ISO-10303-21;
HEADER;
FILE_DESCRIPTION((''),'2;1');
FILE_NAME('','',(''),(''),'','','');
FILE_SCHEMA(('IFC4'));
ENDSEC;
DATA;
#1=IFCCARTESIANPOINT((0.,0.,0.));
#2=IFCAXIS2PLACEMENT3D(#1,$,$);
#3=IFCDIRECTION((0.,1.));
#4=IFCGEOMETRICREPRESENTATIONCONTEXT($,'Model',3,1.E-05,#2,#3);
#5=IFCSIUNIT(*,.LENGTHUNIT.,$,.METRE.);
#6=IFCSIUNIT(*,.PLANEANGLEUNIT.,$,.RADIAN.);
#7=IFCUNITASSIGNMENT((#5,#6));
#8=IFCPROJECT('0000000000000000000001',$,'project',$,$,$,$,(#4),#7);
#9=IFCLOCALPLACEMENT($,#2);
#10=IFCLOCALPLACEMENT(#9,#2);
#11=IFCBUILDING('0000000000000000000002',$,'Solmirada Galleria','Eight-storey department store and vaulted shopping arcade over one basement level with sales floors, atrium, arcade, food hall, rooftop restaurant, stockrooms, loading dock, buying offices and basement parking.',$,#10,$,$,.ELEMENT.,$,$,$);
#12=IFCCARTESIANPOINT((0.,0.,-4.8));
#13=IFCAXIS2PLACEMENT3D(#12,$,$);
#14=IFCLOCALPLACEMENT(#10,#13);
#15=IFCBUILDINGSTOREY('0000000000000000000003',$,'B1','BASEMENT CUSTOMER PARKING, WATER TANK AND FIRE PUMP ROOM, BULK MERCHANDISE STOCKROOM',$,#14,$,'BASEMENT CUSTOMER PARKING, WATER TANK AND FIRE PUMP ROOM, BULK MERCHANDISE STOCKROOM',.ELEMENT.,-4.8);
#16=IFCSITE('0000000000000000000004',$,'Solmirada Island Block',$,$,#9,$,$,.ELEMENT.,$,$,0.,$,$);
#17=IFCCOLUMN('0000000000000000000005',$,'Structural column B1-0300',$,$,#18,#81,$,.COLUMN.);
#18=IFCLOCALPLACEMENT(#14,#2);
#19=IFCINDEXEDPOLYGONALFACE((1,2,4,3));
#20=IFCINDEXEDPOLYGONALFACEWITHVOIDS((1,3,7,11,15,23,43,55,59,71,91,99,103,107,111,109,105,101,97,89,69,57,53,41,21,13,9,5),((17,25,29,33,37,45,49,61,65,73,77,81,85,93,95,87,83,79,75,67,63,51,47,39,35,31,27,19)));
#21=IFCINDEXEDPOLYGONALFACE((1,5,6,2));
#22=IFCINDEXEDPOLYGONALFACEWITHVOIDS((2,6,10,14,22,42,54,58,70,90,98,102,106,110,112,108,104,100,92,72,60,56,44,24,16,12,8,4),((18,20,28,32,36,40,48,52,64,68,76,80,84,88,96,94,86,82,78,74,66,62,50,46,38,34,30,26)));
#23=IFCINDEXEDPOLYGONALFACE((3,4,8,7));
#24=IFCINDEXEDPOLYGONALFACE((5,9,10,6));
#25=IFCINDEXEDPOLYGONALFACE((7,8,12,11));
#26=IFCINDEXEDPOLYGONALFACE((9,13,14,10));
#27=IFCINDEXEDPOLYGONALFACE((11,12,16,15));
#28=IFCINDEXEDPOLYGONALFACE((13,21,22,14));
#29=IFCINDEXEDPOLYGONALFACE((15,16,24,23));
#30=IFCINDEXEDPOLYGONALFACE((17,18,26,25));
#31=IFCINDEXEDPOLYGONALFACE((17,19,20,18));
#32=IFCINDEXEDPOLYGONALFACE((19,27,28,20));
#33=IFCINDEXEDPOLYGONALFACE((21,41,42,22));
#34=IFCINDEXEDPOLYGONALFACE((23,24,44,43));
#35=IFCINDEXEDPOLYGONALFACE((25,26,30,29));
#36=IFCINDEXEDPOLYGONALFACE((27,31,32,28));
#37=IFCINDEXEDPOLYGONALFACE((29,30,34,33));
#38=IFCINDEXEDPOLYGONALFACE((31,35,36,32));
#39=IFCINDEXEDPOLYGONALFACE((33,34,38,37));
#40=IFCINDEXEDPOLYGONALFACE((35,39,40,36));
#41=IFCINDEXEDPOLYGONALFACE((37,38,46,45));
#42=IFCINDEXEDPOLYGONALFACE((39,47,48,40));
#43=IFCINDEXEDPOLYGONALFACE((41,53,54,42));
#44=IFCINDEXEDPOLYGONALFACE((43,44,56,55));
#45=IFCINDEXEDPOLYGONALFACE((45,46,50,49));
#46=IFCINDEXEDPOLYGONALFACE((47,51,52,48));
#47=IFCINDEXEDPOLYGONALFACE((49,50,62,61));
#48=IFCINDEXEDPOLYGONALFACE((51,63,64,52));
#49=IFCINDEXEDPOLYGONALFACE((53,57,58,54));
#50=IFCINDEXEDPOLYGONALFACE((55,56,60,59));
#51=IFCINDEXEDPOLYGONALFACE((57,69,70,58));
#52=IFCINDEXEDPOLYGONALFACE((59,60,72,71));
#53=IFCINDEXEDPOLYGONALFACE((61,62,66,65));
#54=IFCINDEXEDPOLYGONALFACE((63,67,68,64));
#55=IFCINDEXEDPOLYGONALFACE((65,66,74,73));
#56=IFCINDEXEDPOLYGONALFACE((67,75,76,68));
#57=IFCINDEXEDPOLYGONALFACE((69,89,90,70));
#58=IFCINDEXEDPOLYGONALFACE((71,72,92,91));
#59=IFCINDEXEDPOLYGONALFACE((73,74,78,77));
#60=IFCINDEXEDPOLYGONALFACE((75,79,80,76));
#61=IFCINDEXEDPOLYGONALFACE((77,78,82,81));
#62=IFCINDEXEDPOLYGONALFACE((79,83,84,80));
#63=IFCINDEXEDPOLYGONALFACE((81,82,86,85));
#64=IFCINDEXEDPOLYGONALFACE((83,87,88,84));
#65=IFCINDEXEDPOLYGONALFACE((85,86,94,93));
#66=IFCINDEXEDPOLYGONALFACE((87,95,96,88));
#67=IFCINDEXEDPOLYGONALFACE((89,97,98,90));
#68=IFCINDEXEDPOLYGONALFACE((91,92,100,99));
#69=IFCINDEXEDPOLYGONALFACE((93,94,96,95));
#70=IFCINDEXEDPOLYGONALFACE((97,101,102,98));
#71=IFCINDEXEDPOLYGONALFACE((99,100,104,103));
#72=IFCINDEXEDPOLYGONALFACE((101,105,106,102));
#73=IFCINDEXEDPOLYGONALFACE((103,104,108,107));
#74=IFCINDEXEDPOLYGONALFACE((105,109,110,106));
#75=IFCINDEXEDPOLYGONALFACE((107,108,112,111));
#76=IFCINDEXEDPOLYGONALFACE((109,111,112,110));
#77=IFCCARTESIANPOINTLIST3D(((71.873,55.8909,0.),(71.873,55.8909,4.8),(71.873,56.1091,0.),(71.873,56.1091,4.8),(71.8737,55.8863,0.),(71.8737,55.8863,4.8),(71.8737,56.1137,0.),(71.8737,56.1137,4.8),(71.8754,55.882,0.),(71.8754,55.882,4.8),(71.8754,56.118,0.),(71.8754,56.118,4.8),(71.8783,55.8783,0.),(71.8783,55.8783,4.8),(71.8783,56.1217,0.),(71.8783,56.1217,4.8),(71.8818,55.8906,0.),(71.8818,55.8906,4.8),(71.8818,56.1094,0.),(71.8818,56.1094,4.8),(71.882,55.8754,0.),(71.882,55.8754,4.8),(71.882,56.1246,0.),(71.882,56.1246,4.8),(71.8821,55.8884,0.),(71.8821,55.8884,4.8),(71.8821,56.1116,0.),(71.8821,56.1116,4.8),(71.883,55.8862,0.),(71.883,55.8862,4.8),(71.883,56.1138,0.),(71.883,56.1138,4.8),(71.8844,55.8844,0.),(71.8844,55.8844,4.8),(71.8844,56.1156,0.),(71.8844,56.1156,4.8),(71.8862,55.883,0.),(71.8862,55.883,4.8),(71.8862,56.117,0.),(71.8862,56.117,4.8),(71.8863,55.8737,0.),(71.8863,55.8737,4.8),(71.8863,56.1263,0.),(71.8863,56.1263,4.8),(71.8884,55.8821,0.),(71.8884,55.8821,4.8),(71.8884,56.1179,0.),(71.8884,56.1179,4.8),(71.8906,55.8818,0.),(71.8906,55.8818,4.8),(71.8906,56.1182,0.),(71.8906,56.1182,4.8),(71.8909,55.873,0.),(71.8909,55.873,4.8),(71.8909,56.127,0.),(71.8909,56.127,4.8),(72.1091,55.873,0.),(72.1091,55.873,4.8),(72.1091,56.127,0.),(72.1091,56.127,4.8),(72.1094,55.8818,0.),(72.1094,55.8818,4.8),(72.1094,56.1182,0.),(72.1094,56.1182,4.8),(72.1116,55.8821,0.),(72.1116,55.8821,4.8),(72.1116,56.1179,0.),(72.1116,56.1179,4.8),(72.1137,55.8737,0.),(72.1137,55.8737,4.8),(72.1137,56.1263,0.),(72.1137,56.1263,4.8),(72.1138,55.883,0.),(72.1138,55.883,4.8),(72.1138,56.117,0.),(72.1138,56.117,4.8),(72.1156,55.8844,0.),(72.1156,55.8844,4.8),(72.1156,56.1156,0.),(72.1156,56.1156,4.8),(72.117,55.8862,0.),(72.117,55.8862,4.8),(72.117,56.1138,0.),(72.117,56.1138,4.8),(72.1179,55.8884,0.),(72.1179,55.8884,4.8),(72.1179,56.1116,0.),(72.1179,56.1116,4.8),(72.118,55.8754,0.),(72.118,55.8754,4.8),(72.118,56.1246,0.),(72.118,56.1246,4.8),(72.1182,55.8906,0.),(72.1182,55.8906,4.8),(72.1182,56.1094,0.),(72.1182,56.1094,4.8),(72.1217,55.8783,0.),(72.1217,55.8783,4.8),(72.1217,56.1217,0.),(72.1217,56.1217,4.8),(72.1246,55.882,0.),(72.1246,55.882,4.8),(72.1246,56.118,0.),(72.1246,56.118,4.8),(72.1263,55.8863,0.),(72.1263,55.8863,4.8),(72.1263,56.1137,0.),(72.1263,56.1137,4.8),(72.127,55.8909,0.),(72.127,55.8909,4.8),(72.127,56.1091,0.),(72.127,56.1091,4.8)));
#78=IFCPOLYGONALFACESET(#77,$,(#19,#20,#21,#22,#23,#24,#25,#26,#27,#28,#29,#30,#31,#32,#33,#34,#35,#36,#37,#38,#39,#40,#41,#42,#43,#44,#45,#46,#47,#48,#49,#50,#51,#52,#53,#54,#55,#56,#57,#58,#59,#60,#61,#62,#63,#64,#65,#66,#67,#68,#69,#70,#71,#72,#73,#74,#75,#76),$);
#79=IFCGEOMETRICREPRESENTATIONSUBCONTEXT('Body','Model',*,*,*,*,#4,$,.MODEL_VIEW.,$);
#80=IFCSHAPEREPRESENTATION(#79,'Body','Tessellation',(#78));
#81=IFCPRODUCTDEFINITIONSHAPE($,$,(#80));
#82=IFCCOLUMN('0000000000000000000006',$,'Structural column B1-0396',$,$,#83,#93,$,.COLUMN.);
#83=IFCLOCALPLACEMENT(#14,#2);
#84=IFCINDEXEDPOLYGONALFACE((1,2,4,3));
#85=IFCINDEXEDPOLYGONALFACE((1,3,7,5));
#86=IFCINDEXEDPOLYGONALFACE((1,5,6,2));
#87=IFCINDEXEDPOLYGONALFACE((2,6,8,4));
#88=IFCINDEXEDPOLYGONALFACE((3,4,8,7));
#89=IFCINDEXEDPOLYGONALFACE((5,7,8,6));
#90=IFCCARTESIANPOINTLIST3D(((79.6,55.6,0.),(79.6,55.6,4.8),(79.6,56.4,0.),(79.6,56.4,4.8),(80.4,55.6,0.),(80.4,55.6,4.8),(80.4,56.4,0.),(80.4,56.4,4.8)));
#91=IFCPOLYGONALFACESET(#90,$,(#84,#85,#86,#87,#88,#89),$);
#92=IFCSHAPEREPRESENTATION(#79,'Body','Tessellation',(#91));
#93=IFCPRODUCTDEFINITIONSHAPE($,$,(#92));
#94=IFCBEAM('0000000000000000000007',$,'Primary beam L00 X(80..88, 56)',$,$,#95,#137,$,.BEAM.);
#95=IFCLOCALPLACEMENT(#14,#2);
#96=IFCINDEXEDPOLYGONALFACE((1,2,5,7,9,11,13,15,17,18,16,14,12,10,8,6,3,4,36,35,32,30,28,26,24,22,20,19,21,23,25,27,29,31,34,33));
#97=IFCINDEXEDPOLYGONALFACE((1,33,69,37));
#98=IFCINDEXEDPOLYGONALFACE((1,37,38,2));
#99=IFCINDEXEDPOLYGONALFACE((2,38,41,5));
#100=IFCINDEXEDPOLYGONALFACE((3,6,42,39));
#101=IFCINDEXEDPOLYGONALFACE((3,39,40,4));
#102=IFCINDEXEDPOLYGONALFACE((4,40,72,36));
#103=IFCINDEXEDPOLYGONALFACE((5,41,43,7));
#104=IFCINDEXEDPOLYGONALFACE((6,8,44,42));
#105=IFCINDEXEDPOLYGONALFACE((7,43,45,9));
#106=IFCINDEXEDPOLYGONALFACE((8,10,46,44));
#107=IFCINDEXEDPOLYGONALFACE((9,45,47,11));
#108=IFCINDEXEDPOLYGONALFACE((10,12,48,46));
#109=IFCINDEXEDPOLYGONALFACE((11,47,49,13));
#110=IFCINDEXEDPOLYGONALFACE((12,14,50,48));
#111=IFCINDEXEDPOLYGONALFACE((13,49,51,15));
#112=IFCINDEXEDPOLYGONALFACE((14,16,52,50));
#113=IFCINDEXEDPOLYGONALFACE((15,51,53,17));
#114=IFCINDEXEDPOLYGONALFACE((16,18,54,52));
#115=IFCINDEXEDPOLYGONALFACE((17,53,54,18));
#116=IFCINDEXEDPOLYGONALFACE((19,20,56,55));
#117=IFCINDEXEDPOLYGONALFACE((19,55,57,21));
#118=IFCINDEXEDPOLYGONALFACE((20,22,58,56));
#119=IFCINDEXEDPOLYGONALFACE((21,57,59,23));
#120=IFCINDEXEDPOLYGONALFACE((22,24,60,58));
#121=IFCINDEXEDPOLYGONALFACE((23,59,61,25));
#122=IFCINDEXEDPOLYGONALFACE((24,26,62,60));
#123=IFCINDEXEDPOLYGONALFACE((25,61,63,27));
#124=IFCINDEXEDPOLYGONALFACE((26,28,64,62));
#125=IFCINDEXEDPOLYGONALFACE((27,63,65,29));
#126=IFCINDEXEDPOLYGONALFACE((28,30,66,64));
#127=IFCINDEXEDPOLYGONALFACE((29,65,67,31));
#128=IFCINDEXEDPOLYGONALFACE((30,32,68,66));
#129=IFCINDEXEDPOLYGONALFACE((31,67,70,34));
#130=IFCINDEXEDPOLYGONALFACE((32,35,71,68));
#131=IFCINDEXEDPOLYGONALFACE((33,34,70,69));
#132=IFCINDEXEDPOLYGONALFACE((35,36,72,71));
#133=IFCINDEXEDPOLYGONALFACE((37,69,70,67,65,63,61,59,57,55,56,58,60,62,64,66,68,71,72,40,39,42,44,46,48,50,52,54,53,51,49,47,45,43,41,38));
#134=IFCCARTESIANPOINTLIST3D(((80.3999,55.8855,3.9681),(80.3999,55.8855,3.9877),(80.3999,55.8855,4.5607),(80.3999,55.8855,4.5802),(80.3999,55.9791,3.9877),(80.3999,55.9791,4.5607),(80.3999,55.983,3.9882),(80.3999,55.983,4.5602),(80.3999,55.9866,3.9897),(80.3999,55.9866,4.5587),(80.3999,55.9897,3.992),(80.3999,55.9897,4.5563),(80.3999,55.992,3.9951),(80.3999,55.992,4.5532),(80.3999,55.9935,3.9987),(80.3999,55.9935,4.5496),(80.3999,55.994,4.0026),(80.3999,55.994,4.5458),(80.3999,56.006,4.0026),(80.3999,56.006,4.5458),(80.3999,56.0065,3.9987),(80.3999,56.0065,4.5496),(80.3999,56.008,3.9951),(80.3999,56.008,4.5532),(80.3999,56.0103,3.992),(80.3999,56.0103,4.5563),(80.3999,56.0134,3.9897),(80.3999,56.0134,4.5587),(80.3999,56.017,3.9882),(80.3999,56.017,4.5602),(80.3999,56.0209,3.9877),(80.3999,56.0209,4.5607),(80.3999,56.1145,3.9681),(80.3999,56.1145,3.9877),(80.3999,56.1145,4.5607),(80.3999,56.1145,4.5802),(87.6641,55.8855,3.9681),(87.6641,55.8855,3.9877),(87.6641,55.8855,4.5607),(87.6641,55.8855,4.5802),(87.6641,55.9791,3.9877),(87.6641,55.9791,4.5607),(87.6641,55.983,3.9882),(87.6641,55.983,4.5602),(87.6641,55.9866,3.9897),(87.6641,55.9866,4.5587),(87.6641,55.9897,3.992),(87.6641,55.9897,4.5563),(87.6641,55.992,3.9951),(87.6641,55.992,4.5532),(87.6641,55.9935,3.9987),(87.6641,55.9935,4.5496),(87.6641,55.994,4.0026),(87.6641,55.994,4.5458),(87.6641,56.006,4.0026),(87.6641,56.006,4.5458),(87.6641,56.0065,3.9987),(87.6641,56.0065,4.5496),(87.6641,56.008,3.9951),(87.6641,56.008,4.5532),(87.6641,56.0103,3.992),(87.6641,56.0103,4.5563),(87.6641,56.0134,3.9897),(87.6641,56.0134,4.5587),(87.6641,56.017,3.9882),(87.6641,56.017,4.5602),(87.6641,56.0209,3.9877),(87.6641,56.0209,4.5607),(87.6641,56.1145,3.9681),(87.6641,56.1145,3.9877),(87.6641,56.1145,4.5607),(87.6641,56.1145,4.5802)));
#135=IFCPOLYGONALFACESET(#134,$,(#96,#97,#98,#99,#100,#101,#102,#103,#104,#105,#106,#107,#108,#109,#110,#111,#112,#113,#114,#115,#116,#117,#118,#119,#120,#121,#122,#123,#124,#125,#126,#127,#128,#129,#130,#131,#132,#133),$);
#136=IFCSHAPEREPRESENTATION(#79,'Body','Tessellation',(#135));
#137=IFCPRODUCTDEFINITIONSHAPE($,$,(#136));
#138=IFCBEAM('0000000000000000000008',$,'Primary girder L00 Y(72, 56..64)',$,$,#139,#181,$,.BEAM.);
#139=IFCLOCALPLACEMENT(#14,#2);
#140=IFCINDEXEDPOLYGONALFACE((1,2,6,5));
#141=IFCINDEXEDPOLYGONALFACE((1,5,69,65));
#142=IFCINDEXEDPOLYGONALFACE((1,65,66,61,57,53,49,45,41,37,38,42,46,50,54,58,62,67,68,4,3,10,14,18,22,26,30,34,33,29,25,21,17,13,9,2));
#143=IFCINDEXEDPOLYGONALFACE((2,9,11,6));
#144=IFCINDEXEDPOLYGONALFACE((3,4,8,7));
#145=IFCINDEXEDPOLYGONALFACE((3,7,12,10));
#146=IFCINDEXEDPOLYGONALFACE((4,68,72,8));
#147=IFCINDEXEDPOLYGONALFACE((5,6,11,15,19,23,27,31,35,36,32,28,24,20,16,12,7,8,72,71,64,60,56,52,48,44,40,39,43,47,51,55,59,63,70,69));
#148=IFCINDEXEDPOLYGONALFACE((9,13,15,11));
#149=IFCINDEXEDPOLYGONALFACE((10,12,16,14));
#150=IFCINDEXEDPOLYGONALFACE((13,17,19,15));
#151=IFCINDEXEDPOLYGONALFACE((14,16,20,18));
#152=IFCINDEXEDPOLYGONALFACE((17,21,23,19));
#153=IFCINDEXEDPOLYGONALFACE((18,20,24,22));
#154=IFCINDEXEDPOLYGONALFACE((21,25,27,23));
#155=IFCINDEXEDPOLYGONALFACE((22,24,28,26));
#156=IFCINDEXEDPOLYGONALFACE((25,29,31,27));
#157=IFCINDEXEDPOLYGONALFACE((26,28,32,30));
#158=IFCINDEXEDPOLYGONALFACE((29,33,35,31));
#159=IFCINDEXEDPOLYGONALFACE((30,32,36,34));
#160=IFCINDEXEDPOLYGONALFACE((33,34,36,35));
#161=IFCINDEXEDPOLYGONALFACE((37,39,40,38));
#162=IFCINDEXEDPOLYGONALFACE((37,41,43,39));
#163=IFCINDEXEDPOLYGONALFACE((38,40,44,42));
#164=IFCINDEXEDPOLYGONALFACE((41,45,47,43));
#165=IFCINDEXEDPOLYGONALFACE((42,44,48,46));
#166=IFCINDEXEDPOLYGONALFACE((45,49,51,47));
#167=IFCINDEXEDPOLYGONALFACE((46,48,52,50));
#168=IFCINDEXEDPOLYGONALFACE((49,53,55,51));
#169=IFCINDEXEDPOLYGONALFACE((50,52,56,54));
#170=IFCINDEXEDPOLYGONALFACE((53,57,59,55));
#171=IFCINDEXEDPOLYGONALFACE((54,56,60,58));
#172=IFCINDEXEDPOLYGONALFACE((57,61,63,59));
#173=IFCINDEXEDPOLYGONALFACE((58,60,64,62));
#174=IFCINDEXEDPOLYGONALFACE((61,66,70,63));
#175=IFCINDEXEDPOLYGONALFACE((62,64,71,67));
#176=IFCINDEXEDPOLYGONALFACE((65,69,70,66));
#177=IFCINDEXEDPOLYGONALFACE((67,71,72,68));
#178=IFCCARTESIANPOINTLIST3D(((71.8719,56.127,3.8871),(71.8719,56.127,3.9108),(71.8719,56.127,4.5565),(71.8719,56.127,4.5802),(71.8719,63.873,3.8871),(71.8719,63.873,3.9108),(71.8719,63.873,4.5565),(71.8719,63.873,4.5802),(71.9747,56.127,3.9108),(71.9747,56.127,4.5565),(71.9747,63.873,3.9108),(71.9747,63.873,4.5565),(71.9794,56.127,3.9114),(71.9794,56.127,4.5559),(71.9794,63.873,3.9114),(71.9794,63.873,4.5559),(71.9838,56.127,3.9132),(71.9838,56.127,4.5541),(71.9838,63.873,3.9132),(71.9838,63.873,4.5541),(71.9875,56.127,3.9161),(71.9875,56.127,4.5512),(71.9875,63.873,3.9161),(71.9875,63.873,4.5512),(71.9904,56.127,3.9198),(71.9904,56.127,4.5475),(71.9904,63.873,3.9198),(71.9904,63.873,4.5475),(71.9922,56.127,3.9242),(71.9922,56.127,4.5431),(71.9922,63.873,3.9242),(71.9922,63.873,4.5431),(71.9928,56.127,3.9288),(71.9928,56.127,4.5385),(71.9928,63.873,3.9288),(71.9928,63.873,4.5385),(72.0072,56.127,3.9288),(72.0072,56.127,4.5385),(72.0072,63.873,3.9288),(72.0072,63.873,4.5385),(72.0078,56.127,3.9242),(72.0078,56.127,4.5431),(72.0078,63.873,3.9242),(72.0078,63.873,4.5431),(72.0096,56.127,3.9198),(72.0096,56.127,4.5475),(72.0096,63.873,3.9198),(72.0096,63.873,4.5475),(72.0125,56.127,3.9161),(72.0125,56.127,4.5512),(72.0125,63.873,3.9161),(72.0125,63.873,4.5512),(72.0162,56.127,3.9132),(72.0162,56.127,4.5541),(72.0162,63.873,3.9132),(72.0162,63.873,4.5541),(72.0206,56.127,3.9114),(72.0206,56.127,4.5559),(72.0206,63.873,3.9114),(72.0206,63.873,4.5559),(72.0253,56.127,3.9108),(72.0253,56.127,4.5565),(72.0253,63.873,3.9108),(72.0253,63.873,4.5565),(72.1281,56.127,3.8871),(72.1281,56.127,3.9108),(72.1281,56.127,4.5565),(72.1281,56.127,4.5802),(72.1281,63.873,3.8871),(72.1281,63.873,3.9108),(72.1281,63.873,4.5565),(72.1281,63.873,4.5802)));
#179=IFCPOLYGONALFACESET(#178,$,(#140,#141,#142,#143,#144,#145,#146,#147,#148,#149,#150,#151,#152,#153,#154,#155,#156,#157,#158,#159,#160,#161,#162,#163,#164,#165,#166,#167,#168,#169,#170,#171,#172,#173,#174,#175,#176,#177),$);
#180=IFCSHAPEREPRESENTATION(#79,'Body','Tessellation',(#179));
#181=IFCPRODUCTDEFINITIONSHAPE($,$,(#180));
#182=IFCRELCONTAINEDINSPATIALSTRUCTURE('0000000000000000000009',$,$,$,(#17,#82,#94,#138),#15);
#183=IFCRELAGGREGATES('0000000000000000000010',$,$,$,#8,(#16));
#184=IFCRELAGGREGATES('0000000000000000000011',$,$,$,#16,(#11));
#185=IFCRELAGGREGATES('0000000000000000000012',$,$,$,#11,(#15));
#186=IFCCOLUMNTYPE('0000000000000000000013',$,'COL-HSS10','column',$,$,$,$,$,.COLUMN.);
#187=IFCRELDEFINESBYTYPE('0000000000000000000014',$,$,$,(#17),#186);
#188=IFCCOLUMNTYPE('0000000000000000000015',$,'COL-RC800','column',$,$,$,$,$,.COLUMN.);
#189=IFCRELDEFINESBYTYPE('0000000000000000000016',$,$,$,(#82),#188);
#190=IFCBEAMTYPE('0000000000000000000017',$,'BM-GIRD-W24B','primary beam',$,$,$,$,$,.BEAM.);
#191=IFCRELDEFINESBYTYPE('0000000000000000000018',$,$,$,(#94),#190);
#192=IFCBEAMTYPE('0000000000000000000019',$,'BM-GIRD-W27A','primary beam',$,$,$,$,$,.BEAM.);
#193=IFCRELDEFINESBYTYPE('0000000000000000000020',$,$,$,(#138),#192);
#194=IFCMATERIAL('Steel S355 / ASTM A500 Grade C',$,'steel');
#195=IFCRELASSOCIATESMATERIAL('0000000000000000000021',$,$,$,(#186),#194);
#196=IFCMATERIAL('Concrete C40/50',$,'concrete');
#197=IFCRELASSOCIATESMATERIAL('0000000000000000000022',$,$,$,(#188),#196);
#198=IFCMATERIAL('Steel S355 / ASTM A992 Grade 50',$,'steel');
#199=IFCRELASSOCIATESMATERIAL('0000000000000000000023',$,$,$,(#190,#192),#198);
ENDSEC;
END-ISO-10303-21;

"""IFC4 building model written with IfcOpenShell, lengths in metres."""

from ifc_helpers import new_model, si_unit, direction, frame, origin, origin_2d, place, context, subcontext, project, spatial, rectangle, hollow_rectangle, i_section, extrude, material, material_profile, profile_set, type_object, element, save


model = new_model("IFC4")

# Units and contexts
model_context = context("Model", 3, precision=1e-05, world=origin(), true_north=direction((0.0, 1.0)))
body_context = subcontext(model_context, "Body", "Model", "MODEL_VIEW")
ifc_project = project(units=[si_unit("LENGTHUNIT", "METRE"), si_unit("PLANEANGLEUNIT", "RADIAN")], contexts=[model_context])

# Site, building, storey
site_placement = place(None, origin())
site = spatial("IfcSite", under=ifc_project, at=site_placement, Name="Solmirada Island Block", CompositionType="ELEMENT", RefElevation=0.0)
building_placement = place(site_placement, origin())
building = spatial("IfcBuilding", under=site, at=building_placement, Name="Solmirada Galleria", Description="Eight-storey department store and vaulted shopping arcade over one basement level with sales floors, atrium, arcade, food hall, rooftop restaurant, stockrooms, loading dock, buying offices and basement parking.", CompositionType="ELEMENT")
storey_placement = place(building_placement, frame((0.0, 0.0, -4.8)))
storey = spatial("IfcBuildingStorey", under=building, at=storey_placement, Name="B1", Description="BASEMENT CUSTOMER PARKING, WATER TANK AND FIRE PUMP ROOM, BULK MERCHANDISE STOCKROOM", LongName="BASEMENT CUSTOMER PARKING, WATER TANK AND FIRE PUMP ROOM, BULK MERCHANDISE STOCKROOM", CompositionType="ELEMENT", Elevation=-4.8)

# Shared definitions
ifc_material_1 = material(Name="Concrete C40/50", Category="concrete")

# Columns
ifc_material_2 = material(Name="Steel S355 / ASTM A500 Grade C", Category="steel")
ifc_material_profile_1 = material_profile(ifc_material_2, hollow_rectangle(XDim=0.2539, YDim=0.2539, WallThickness=0.0088, InnerFilletRadius=0.0088, OuterFilletRadius=0.0178, at=origin_2d()), Name="HSS10X10X3/8")
ifc_profile_set_1 = profile_set([ifc_material_profile_1], Name="Steel S355 / ASTM A500 Grade C")
column_type_1 = type_object("IfcColumnType", Name="COL-HSS10", Description="column", PredefinedType="COLUMN", material=ifc_profile_set_1)
column_1_placement = place(storey_placement, frame((72.0, 56.0, 0.0), z_axis=(0.0, 0.0, 1.0), x_axis=(1.0, 0.0, 0.0)))
element("IfcColumn", 1, at=column_1_placement, inside=storey, type_object=column_type_1, Name="Structural column B1-0300", PredefinedType="COLUMN", context=body_context, shape_type="SweptSolid", body=[
    extrude(hollow_rectangle(XDim=0.2539, YDim=0.2539, WallThickness=0.0088, InnerFilletRadius=0.0088, OuterFilletRadius=0.0178, at=origin_2d()), origin(), (0.0, 0.0, 1.0), 4.8),
])
ifc_material_profile_2 = material_profile(ifc_material_1, rectangle(XDim=0.8, YDim=0.8, at=origin_2d()), Name="RC800X800")
ifc_profile_set_2 = profile_set([ifc_material_profile_2], Name="Concrete C40/50")
column_type_2 = type_object("IfcColumnType", Name="COL-RC800", Description="column", PredefinedType="COLUMN", material=ifc_profile_set_2)
column_2_placement = place(storey_placement, frame((80.0, 56.0, 0.0), z_axis=(0.0, 0.0, 1.0), x_axis=(1.0, 0.0, 0.0)))
element("IfcColumn", 2, at=column_2_placement, inside=storey, type_object=column_type_2, Name="Structural column B1-0396", PredefinedType="COLUMN", context=body_context, shape_type="SweptSolid", body=[
    extrude(rectangle(XDim=0.8, YDim=0.8, at=origin_2d()), origin(), (0.0, 0.0, 1.0), 4.8),
])

# Beams
ifc_material_3 = material(Name="Steel S355 / ASTM A992 Grade 50", Category="steel")
ifc_material_profile_3 = material_profile(ifc_material_3, i_section(OverallWidth=0.229, OverallDepth=0.6121, WebThickness=0.012, FlangeThickness=0.0195, FilletRadius=0.0149, at=origin_2d()), Name="W24X84")
ifc_profile_set_3 = profile_set([ifc_material_profile_3], Name="Steel S355 / ASTM A992 Grade 50")
beam_type_1 = type_object("IfcBeamType", Name="BM-GIRD-W24B", Description="primary beam", PredefinedType="BEAM", material=ifc_profile_set_3)
beam_1_placement = place(storey_placement, frame((80.3999, 56.0, 4.2742), z_axis=(1.0, 0.0, 0.0), x_axis=(0.0, 1.0, 0.0)))
element("IfcBeam", 3, at=beam_1_placement, inside=storey, type_object=beam_type_1, Name="Primary beam L00 X(80..88, 56)", PredefinedType="BEAM", context=body_context, shape_type="SweptSolid", body=[
    extrude(i_section(OverallWidth=0.229, OverallDepth=0.6121, WebThickness=0.012, FlangeThickness=0.0195, FilletRadius=0.0149, at=origin_2d()), origin(), (0.0, 0.0, 1.0), 7.2642),
])
ifc_material_profile_4 = material_profile(ifc_material_3, i_section(OverallWidth=0.2561, OverallDepth=0.6931, WebThickness=0.0144, FlangeThickness=0.0237, FilletRadius=0.0181, at=origin_2d()), Name="W27X114")
ifc_profile_set_4 = profile_set([ifc_material_profile_4], Name="Steel S355 / ASTM A992 Grade 50")
beam_type_2 = type_object("IfcBeamType", Name="BM-GIRD-W27A", Description="primary beam", PredefinedType="BEAM", material=ifc_profile_set_4)
beam_2_placement = place(storey_placement, frame((72.0, 56.127, 4.2336), z_axis=(0.0, 1.0, 0.0), x_axis=(-1.0, 0.0, 0.0)))
element("IfcBeam", 4, at=beam_2_placement, inside=storey, type_object=beam_type_2, Name="Primary girder L00 Y(72, 56..64)", PredefinedType="BEAM", context=body_context, shape_type="SweptSolid", body=[
    extrude(i_section(OverallWidth=0.2561, OverallDepth=0.6931, WebThickness=0.0144, FlangeThickness=0.0237, FilletRadius=0.0181, at=origin_2d()), origin(), (0.0, 0.0, 1.0), 7.7461),
])

save(model, "model.ifc")
